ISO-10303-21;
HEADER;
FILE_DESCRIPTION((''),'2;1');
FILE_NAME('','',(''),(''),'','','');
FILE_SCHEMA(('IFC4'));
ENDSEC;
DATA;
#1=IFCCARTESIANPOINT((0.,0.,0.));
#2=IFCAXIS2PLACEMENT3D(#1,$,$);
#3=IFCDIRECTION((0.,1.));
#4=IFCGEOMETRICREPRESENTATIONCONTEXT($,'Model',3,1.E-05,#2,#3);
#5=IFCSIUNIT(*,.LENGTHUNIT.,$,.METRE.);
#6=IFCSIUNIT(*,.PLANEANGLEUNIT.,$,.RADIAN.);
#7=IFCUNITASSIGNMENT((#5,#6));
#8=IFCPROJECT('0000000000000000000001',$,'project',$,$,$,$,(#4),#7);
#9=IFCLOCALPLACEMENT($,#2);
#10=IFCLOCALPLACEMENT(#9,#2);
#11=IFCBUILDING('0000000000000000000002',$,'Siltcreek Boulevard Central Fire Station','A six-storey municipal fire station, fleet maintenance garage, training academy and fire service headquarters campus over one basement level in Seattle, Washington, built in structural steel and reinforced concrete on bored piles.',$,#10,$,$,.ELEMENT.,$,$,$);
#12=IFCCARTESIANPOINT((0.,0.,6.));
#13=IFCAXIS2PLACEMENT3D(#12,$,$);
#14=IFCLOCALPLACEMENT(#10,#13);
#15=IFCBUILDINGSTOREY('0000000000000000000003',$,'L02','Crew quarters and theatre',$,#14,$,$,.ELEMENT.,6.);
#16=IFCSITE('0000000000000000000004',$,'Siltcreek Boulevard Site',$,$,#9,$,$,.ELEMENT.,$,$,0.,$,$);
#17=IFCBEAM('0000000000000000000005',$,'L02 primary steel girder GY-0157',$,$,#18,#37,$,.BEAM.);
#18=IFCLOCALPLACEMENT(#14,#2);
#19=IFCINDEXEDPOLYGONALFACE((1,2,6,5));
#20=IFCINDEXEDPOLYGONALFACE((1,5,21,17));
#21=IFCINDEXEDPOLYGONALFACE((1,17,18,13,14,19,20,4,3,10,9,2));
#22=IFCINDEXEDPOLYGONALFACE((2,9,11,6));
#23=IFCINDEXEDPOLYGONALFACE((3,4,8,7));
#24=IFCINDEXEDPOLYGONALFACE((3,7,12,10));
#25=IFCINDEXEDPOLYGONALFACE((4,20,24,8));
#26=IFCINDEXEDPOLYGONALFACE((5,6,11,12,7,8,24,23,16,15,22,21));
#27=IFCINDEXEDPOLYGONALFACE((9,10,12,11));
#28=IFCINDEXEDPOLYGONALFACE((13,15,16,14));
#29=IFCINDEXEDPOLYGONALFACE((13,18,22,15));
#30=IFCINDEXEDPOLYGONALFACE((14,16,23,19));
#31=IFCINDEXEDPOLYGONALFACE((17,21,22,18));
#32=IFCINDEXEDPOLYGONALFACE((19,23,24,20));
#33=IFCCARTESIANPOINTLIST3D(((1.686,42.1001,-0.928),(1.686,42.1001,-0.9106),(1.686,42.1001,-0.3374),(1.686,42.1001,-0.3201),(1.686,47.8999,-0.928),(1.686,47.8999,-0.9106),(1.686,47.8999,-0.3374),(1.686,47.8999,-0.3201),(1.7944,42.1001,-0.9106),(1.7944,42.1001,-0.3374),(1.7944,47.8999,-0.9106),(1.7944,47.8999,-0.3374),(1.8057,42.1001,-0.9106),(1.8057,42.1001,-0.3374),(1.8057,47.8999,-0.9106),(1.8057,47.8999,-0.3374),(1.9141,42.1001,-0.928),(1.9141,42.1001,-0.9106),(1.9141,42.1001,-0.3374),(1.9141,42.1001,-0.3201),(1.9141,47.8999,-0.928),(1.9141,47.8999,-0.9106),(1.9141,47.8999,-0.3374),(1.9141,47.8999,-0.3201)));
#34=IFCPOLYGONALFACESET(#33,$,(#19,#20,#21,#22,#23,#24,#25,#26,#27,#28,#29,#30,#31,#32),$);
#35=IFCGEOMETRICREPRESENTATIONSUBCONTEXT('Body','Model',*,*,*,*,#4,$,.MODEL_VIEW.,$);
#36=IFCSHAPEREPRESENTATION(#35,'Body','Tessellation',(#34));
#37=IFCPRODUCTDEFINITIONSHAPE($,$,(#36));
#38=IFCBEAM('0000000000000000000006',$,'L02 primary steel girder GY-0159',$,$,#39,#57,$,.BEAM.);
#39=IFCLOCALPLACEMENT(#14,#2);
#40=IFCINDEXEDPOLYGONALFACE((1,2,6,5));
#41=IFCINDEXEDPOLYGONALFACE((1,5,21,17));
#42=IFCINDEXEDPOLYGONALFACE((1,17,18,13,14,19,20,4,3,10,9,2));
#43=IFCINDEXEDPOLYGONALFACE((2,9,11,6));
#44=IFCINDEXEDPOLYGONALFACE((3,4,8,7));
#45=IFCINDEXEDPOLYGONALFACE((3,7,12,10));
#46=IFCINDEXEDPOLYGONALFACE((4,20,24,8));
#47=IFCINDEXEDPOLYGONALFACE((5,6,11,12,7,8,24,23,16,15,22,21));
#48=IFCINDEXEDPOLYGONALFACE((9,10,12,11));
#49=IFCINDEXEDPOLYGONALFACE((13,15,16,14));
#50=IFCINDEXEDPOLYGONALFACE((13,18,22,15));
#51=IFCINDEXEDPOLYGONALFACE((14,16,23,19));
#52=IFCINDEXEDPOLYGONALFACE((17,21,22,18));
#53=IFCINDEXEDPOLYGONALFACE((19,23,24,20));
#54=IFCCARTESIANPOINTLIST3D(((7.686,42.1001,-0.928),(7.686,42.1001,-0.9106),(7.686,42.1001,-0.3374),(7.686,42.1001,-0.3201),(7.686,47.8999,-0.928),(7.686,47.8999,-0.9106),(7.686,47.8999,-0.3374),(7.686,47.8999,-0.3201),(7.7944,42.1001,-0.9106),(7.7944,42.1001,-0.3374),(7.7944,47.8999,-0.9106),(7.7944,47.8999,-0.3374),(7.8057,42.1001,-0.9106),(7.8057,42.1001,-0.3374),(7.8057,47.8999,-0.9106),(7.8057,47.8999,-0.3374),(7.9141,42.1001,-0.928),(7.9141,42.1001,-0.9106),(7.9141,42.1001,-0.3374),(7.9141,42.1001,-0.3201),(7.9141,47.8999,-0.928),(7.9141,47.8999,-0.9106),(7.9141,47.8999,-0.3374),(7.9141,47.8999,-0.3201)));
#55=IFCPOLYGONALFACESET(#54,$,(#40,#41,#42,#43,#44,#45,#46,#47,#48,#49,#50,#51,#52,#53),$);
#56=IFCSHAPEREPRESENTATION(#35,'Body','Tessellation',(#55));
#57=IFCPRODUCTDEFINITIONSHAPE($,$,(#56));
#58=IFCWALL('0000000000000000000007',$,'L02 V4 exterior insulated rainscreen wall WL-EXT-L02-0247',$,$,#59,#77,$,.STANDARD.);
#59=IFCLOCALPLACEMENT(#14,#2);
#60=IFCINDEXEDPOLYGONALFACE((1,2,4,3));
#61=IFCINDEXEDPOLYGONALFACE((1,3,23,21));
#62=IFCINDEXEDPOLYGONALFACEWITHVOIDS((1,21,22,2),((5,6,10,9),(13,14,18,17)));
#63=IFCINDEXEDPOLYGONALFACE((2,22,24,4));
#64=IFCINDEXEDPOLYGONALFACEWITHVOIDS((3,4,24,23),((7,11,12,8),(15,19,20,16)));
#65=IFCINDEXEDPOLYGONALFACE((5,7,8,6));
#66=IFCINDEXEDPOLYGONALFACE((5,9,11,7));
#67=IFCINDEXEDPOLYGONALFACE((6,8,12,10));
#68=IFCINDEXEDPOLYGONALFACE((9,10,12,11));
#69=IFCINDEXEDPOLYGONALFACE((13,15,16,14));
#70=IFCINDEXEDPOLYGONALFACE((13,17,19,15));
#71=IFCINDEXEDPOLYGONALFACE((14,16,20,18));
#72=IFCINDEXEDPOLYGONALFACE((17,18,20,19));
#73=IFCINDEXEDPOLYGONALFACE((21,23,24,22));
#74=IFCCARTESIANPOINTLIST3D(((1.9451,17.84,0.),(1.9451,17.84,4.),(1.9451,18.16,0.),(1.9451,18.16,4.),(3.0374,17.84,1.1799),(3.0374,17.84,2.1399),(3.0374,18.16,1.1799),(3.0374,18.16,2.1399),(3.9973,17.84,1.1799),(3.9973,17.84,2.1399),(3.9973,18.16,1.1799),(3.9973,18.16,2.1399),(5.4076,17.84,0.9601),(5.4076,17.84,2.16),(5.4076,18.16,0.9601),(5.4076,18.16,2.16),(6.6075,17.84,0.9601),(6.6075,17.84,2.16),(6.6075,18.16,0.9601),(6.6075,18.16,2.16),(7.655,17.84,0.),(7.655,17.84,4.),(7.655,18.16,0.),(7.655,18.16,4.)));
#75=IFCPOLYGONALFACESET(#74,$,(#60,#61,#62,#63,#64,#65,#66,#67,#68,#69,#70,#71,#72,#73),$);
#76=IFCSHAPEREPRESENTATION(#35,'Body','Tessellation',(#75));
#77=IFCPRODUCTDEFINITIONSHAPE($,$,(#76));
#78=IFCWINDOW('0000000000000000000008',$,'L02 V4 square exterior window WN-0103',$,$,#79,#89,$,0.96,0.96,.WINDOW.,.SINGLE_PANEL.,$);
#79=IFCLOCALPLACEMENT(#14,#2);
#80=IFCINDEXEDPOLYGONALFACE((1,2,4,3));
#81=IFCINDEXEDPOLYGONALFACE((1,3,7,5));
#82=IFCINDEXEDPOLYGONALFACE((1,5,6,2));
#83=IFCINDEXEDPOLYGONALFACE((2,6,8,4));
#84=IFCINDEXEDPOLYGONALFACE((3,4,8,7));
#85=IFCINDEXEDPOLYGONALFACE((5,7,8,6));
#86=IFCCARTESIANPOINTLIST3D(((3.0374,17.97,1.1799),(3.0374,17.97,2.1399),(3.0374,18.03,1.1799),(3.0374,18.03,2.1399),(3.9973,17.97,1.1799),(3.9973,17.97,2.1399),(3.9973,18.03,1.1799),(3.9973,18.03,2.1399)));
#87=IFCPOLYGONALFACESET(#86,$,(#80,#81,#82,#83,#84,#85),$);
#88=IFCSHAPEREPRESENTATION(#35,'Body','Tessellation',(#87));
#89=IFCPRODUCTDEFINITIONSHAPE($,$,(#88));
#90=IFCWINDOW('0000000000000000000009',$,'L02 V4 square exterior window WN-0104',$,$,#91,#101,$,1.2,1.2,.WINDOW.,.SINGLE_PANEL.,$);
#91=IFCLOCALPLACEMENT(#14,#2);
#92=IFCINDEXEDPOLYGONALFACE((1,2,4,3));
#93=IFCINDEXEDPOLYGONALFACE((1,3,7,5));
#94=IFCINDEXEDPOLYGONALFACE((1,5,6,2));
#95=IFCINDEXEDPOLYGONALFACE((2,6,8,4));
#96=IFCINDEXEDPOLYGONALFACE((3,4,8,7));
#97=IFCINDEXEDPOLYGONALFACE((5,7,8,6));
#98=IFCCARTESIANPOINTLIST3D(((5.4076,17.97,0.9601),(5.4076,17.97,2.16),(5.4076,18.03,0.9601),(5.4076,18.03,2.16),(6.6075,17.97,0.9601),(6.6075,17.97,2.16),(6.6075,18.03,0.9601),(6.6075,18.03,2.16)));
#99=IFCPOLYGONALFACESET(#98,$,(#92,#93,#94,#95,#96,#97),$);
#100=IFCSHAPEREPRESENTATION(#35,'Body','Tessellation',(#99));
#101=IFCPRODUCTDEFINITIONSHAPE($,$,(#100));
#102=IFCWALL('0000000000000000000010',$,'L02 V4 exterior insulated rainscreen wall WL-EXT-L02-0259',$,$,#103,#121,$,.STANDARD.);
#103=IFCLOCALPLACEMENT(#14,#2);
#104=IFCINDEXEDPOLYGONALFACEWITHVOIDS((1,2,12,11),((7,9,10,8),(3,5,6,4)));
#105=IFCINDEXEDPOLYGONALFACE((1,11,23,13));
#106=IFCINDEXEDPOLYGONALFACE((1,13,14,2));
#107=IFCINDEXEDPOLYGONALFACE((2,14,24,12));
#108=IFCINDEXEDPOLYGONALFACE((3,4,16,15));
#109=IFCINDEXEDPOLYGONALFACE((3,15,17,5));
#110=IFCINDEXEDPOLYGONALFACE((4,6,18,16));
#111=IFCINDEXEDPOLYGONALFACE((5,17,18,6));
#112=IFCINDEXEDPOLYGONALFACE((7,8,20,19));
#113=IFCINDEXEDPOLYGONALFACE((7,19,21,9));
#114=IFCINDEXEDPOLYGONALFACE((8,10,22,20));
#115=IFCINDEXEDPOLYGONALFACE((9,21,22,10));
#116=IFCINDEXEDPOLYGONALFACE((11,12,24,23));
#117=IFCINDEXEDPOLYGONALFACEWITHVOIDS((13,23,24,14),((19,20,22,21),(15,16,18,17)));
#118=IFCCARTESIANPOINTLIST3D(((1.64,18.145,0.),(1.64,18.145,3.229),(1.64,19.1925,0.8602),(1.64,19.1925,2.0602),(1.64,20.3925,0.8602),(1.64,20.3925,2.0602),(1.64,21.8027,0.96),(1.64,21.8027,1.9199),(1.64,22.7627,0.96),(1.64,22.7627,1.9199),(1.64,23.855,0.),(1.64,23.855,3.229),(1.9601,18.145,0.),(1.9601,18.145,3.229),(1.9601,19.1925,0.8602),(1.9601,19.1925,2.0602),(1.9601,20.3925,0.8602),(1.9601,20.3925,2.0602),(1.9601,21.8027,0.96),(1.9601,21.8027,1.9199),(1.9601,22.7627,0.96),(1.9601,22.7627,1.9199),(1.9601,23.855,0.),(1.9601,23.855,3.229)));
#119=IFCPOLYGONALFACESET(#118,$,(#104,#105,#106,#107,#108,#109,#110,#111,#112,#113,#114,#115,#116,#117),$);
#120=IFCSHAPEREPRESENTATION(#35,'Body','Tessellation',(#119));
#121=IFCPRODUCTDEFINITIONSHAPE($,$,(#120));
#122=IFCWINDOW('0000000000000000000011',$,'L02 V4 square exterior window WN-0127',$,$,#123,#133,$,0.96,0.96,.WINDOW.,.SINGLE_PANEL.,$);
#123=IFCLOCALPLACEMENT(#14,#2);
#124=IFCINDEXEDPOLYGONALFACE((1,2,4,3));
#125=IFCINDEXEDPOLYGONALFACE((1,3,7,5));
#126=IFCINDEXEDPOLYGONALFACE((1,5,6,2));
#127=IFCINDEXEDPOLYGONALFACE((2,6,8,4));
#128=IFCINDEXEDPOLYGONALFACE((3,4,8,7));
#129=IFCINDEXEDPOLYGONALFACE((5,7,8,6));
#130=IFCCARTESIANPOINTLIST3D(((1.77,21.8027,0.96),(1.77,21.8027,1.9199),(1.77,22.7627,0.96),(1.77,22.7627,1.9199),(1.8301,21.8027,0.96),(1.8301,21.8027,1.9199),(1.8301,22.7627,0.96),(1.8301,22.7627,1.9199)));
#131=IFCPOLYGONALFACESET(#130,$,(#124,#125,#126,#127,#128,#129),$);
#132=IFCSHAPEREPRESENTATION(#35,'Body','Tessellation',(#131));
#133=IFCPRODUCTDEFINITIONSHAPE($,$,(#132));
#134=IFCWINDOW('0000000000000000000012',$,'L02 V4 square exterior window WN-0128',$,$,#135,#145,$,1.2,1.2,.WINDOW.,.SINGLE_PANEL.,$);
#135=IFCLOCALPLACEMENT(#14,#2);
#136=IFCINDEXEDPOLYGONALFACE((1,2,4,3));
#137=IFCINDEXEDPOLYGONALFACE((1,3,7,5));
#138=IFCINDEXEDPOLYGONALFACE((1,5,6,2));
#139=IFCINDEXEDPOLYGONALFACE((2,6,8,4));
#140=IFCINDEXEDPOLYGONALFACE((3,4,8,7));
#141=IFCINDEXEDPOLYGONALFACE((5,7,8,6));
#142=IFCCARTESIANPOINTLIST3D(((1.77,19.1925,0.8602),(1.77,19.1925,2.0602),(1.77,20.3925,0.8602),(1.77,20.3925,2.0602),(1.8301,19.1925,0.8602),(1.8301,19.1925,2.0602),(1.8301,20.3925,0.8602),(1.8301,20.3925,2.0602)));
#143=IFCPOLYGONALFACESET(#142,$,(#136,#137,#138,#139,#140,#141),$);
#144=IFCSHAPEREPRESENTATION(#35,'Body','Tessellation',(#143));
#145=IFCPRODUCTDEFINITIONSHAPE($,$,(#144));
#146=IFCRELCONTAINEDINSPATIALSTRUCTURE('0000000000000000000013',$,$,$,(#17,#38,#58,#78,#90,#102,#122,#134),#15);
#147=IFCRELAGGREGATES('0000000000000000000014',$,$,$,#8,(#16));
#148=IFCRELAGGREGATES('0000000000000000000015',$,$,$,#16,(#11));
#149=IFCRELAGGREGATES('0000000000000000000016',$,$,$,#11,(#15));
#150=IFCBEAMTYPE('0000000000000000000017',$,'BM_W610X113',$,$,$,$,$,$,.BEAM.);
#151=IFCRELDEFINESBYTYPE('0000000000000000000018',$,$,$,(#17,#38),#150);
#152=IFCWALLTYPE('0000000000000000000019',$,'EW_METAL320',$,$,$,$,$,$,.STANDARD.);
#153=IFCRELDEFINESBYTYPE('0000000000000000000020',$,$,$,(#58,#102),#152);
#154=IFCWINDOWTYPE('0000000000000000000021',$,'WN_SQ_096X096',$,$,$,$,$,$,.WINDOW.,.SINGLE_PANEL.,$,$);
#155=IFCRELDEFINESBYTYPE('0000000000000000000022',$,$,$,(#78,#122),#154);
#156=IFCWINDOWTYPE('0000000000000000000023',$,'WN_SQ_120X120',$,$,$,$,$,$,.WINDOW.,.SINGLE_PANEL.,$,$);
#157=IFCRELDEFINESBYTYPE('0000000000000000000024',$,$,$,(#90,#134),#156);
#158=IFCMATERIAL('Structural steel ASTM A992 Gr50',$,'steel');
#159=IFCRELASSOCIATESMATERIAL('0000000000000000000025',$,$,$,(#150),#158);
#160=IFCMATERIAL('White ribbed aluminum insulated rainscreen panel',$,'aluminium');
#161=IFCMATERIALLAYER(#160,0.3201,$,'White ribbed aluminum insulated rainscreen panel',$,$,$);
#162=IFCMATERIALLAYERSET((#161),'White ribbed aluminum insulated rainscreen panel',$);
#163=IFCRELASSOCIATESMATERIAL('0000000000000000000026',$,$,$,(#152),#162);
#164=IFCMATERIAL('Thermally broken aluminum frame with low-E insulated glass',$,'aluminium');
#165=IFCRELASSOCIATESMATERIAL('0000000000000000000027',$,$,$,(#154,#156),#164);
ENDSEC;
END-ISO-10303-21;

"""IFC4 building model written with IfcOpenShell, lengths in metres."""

from ifc_helpers import new_model, si_unit, direction, frame, frame_2d, origin, origin_2d, place, context, subcontext, project, spatial, rectangle, i_section, extrude, material, layer, layer_set, material_profile, profile_set, type_object, element, fill, save


model = new_model("IFC4")

# Units and contexts
model_context = context("Model", 3, precision=1e-05, world=origin(), true_north=direction((0.0, 1.0)))
body_context = subcontext(model_context, "Body", "Model", "MODEL_VIEW")
ifc_project = project(units=[si_unit("LENGTHUNIT", "METRE"), si_unit("PLANEANGLEUNIT", "RADIAN")], contexts=[model_context])

# Site, building, storey
site_placement = place(None, origin())
site = spatial("IfcSite", under=ifc_project, at=site_placement, Name="Siltcreek Boulevard Site", CompositionType="ELEMENT", RefElevation=0.0)
building_placement = place(site_placement, origin())
building = spatial("IfcBuilding", under=site, at=building_placement, Name="Siltcreek Boulevard Central Fire Station", Description="A six-storey municipal fire station, fleet maintenance garage, training academy and fire service headquarters campus over one basement level in Seattle, Washington, built in structural steel and reinforced concrete on bored piles.", CompositionType="ELEMENT")
storey_placement = place(building_placement, frame((0.0, 0.0, 6.0)))
storey = spatial("IfcBuildingStorey", under=building, at=storey_placement, Name="L02", Description="Crew quarters and theatre", CompositionType="ELEMENT", Elevation=6.0)

# Shared definitions
ifc_material_1 = material(Name="Structural steel ASTM A992 Gr50", Category="steel")

# Beams
ifc_material_profile_1 = material_profile(ifc_material_1, i_section(OverallWidth=0.228, OverallDepth=0.6079, WebThickness=0.0112, FlangeThickness=0.0173, at=origin_2d()), Name="W610X113")
ifc_profile_set_1 = profile_set([ifc_material_profile_1], Name="Structural steel ASTM A992 Gr50")
beam_type_1 = type_object("IfcBeamType", Name="BM_W610X113", PredefinedType="BEAM", material=ifc_profile_set_1)
for number, where, z_axis, x_axis, name in (
    (1, (1.8, 42.1001, -0.624), (0.0, 1.0, 0.0), (-1.0, 0.0, 0.0), "L02 primary steel girder GY-0157"),
    (2, (7.8, 42.1001, -0.624), (0.0, 1.0, 0.0), (-1.0, 0.0, 0.0), "L02 primary steel girder GY-0159"),
):
    element("IfcBeam", number, at=place(storey_placement, frame(where, z_axis=z_axis, x_axis=x_axis)), inside=storey, type_object=beam_type_1, Name=name, PredefinedType="BEAM", context=body_context, shape_type="SweptSolid", body=[
        extrude(i_section(OverallWidth=0.228, OverallDepth=0.6079, WebThickness=0.0112, FlangeThickness=0.0173, at=origin_2d()), origin(), (0.0, 0.0, 1.0), 5.7998),
    ])

# Walls, openings, windows
ifc_material_2 = material(Name="White ribbed aluminum insulated rainscreen panel", Category="aluminium")
ifc_layer_1 = layer(ifc_material_2, 0.3201, Name="White ribbed aluminum insulated rainscreen panel")
ifc_layer_set_1 = layer_set([ifc_layer_1], Name="White ribbed aluminum insulated rainscreen panel")
wall_type = type_object("IfcWallType", Name="EW_METAL320", PredefinedType="STANDARD", material=ifc_layer_set_1)
wall_1_placement = place(storey_placement, frame((1.9451, 18.0, 0.0), z_axis=(0.0, 0.0, 1.0), x_axis=(1.0, 0.0, 0.0)))
wall_1 = element("IfcWall", 3, at=wall_1_placement, inside=storey, type_object=wall_type, Name="L02 V4 exterior insulated rainscreen wall WL-EXT-L02-0247", PredefinedType="STANDARD", context=body_context, shape_type="SweptSolid", body=[
    extrude(rectangle(XDim=5.71, YDim=0.3201, at=frame_2d((2.855, 0.0))), origin(), (0.0, 0.0, 1.0), 4.0),
])
opening_1_placement = place(wall_1_placement, frame((1.0923, 0.0, 1.1799)))
opening_1 = element("IfcOpeningElement", 4, at=opening_1_placement, cuts=wall_1, PredefinedType="OPENING", context=body_context, shape_type="SweptSolid", body=[
    extrude(rectangle(XDim=0.96, YDim=0.96, at=frame_2d((0.48, 0.48))), frame((0.0, 0.1699, 0.0), z_axis=(0.0, -1.0, 0.0), x_axis=(1.0, 0.0, 0.0)), (0.0, 0.0, 1.0), 0.3401),
])
opening_2_placement = place(wall_1_placement, frame((3.4624, 0.0, 0.96)))
opening_2 = element("IfcOpeningElement", 5, at=opening_2_placement, cuts=wall_1, PredefinedType="OPENING", context=body_context, shape_type="SweptSolid", body=[
    extrude(rectangle(XDim=1.2, YDim=1.2, at=frame_2d((0.6001, 0.6001))), frame((0.0, 0.1699, 0.0), z_axis=(0.0, -1.0, 0.0), x_axis=(1.0, 0.0, 0.0)), (0.0, 0.0, 1.0), 0.3401),
])
ifc_material_3 = material(Name="Thermally broken aluminum frame with low-E insulated glass", Category="aluminium")
window_type_1 = type_object("IfcWindowType", Name="WN_SQ_096X096", PartitioningType="SINGLE_PANEL", PredefinedType="WINDOW", material=ifc_material_3)
window_1_placement = place(opening_1_placement, origin())
window_1 = element("IfcWindow", 6, at=window_1_placement, inside=storey, type_object=window_type_1, Name="L02 V4 square exterior window WN-0103", OverallHeight=0.96, OverallWidth=0.96, PartitioningType="SINGLE_PANEL", PredefinedType="WINDOW", context=body_context, shape_type="SweptSolid", body=[
    extrude(rectangle(XDim=0.96, YDim=0.96, at=frame_2d((0.48, 0.48))), frame((0.0, 0.03, 0.0), z_axis=(0.0, -1.0, 0.0), x_axis=(1.0, 0.0, 0.0)), (0.0, 0.0, 1.0), 0.0601),
])
fill(opening_1, window_1)
window_type_2 = type_object("IfcWindowType", Name="WN_SQ_120X120", PartitioningType="SINGLE_PANEL", PredefinedType="WINDOW", material=ifc_material_3)
window_2_placement = place(opening_2_placement, origin())
window_2 = element("IfcWindow", 7, at=window_2_placement, inside=storey, type_object=window_type_2, Name="L02 V4 square exterior window WN-0104", OverallHeight=1.2, OverallWidth=1.2, PartitioningType="SINGLE_PANEL", PredefinedType="WINDOW", context=body_context, shape_type="SweptSolid", body=[
    extrude(rectangle(XDim=1.2, YDim=1.2, at=frame_2d((0.6001, 0.6001))), frame((0.0, 0.03, 0.0), z_axis=(0.0, -1.0, 0.0), x_axis=(1.0, 0.0, 0.0)), (0.0, 0.0, 1.0), 0.0601),
])
fill(opening_2, window_2)
wall_2_placement = place(storey_placement, frame((1.8, 23.855, 0.0), z_axis=(0.0, 0.0, 1.0), x_axis=(0.0, -1.0, 0.0)))
wall_2 = element("IfcWall", 8, at=wall_2_placement, inside=storey, type_object=wall_type, Name="L02 V4 exterior insulated rainscreen wall WL-EXT-L02-0259", PredefinedType="STANDARD", context=body_context, shape_type="SweptSolid", body=[
    extrude(rectangle(XDim=5.71, YDim=0.3201, at=frame_2d((2.855, 0.0))), origin(), (0.0, 0.0, 1.0), 3.229),
])
opening_3_placement = place(wall_2_placement, frame((1.0923, 0.0, 0.96)))
opening_3 = element("IfcOpeningElement", 9, at=opening_3_placement, cuts=wall_2, PredefinedType="OPENING", context=body_context, shape_type="SweptSolid", body=[
    extrude(rectangle(XDim=0.96, YDim=0.96, at=frame_2d((0.48, 0.48))), frame((0.0, 0.1699, 0.0), z_axis=(0.0, -1.0, 0.0), x_axis=(1.0, 0.0, 0.0)), (0.0, 0.0, 1.0), 0.3401),
])
opening_4_placement = place(wall_2_placement, frame((3.4624, 0.0, 0.8601)))
opening_4 = element("IfcOpeningElement", 10, at=opening_4_placement, cuts=wall_2, PredefinedType="OPENING", context=body_context, shape_type="SweptSolid", body=[
    extrude(rectangle(XDim=1.2, YDim=1.2, at=frame_2d((0.6001, 0.6001))), frame((0.0, 0.1699, 0.0), z_axis=(0.0, -1.0, 0.0), x_axis=(1.0, 0.0, 0.0)), (0.0, 0.0, 1.0), 0.3401),
])
window_3_placement = place(opening_3_placement, origin())
window_3 = element("IfcWindow", 11, at=window_3_placement, inside=storey, type_object=window_type_1, Name="L02 V4 square exterior window WN-0127", OverallHeight=0.96, OverallWidth=0.96, PartitioningType="SINGLE_PANEL", PredefinedType="WINDOW", context=body_context, shape_type="SweptSolid", body=[
    extrude(rectangle(XDim=0.96, YDim=0.96, at=frame_2d((0.48, 0.48))), frame((0.0, 0.03, 0.0), z_axis=(0.0, -1.0, 0.0), x_axis=(1.0, 0.0, 0.0)), (0.0, 0.0, 1.0), 0.0601),
])
fill(opening_3, window_3)
window_4_placement = place(opening_4_placement, origin())
window_4 = element("IfcWindow", 12, at=window_4_placement, inside=storey, type_object=window_type_2, Name="L02 V4 square exterior window WN-0128", OverallHeight=1.2, OverallWidth=1.2, PartitioningType="SINGLE_PANEL", PredefinedType="WINDOW", context=body_context, shape_type="SweptSolid", body=[
    extrude(rectangle(XDim=1.2, YDim=1.2, at=frame_2d((0.6001, 0.6001))), frame((0.0, 0.03, 0.0), z_axis=(0.0, -1.0, 0.0), x_axis=(1.0, 0.0, 0.0)), (0.0, 0.0, 1.0), 0.0601),
])
fill(opening_4, window_4)

save(model, "model.ifc")
